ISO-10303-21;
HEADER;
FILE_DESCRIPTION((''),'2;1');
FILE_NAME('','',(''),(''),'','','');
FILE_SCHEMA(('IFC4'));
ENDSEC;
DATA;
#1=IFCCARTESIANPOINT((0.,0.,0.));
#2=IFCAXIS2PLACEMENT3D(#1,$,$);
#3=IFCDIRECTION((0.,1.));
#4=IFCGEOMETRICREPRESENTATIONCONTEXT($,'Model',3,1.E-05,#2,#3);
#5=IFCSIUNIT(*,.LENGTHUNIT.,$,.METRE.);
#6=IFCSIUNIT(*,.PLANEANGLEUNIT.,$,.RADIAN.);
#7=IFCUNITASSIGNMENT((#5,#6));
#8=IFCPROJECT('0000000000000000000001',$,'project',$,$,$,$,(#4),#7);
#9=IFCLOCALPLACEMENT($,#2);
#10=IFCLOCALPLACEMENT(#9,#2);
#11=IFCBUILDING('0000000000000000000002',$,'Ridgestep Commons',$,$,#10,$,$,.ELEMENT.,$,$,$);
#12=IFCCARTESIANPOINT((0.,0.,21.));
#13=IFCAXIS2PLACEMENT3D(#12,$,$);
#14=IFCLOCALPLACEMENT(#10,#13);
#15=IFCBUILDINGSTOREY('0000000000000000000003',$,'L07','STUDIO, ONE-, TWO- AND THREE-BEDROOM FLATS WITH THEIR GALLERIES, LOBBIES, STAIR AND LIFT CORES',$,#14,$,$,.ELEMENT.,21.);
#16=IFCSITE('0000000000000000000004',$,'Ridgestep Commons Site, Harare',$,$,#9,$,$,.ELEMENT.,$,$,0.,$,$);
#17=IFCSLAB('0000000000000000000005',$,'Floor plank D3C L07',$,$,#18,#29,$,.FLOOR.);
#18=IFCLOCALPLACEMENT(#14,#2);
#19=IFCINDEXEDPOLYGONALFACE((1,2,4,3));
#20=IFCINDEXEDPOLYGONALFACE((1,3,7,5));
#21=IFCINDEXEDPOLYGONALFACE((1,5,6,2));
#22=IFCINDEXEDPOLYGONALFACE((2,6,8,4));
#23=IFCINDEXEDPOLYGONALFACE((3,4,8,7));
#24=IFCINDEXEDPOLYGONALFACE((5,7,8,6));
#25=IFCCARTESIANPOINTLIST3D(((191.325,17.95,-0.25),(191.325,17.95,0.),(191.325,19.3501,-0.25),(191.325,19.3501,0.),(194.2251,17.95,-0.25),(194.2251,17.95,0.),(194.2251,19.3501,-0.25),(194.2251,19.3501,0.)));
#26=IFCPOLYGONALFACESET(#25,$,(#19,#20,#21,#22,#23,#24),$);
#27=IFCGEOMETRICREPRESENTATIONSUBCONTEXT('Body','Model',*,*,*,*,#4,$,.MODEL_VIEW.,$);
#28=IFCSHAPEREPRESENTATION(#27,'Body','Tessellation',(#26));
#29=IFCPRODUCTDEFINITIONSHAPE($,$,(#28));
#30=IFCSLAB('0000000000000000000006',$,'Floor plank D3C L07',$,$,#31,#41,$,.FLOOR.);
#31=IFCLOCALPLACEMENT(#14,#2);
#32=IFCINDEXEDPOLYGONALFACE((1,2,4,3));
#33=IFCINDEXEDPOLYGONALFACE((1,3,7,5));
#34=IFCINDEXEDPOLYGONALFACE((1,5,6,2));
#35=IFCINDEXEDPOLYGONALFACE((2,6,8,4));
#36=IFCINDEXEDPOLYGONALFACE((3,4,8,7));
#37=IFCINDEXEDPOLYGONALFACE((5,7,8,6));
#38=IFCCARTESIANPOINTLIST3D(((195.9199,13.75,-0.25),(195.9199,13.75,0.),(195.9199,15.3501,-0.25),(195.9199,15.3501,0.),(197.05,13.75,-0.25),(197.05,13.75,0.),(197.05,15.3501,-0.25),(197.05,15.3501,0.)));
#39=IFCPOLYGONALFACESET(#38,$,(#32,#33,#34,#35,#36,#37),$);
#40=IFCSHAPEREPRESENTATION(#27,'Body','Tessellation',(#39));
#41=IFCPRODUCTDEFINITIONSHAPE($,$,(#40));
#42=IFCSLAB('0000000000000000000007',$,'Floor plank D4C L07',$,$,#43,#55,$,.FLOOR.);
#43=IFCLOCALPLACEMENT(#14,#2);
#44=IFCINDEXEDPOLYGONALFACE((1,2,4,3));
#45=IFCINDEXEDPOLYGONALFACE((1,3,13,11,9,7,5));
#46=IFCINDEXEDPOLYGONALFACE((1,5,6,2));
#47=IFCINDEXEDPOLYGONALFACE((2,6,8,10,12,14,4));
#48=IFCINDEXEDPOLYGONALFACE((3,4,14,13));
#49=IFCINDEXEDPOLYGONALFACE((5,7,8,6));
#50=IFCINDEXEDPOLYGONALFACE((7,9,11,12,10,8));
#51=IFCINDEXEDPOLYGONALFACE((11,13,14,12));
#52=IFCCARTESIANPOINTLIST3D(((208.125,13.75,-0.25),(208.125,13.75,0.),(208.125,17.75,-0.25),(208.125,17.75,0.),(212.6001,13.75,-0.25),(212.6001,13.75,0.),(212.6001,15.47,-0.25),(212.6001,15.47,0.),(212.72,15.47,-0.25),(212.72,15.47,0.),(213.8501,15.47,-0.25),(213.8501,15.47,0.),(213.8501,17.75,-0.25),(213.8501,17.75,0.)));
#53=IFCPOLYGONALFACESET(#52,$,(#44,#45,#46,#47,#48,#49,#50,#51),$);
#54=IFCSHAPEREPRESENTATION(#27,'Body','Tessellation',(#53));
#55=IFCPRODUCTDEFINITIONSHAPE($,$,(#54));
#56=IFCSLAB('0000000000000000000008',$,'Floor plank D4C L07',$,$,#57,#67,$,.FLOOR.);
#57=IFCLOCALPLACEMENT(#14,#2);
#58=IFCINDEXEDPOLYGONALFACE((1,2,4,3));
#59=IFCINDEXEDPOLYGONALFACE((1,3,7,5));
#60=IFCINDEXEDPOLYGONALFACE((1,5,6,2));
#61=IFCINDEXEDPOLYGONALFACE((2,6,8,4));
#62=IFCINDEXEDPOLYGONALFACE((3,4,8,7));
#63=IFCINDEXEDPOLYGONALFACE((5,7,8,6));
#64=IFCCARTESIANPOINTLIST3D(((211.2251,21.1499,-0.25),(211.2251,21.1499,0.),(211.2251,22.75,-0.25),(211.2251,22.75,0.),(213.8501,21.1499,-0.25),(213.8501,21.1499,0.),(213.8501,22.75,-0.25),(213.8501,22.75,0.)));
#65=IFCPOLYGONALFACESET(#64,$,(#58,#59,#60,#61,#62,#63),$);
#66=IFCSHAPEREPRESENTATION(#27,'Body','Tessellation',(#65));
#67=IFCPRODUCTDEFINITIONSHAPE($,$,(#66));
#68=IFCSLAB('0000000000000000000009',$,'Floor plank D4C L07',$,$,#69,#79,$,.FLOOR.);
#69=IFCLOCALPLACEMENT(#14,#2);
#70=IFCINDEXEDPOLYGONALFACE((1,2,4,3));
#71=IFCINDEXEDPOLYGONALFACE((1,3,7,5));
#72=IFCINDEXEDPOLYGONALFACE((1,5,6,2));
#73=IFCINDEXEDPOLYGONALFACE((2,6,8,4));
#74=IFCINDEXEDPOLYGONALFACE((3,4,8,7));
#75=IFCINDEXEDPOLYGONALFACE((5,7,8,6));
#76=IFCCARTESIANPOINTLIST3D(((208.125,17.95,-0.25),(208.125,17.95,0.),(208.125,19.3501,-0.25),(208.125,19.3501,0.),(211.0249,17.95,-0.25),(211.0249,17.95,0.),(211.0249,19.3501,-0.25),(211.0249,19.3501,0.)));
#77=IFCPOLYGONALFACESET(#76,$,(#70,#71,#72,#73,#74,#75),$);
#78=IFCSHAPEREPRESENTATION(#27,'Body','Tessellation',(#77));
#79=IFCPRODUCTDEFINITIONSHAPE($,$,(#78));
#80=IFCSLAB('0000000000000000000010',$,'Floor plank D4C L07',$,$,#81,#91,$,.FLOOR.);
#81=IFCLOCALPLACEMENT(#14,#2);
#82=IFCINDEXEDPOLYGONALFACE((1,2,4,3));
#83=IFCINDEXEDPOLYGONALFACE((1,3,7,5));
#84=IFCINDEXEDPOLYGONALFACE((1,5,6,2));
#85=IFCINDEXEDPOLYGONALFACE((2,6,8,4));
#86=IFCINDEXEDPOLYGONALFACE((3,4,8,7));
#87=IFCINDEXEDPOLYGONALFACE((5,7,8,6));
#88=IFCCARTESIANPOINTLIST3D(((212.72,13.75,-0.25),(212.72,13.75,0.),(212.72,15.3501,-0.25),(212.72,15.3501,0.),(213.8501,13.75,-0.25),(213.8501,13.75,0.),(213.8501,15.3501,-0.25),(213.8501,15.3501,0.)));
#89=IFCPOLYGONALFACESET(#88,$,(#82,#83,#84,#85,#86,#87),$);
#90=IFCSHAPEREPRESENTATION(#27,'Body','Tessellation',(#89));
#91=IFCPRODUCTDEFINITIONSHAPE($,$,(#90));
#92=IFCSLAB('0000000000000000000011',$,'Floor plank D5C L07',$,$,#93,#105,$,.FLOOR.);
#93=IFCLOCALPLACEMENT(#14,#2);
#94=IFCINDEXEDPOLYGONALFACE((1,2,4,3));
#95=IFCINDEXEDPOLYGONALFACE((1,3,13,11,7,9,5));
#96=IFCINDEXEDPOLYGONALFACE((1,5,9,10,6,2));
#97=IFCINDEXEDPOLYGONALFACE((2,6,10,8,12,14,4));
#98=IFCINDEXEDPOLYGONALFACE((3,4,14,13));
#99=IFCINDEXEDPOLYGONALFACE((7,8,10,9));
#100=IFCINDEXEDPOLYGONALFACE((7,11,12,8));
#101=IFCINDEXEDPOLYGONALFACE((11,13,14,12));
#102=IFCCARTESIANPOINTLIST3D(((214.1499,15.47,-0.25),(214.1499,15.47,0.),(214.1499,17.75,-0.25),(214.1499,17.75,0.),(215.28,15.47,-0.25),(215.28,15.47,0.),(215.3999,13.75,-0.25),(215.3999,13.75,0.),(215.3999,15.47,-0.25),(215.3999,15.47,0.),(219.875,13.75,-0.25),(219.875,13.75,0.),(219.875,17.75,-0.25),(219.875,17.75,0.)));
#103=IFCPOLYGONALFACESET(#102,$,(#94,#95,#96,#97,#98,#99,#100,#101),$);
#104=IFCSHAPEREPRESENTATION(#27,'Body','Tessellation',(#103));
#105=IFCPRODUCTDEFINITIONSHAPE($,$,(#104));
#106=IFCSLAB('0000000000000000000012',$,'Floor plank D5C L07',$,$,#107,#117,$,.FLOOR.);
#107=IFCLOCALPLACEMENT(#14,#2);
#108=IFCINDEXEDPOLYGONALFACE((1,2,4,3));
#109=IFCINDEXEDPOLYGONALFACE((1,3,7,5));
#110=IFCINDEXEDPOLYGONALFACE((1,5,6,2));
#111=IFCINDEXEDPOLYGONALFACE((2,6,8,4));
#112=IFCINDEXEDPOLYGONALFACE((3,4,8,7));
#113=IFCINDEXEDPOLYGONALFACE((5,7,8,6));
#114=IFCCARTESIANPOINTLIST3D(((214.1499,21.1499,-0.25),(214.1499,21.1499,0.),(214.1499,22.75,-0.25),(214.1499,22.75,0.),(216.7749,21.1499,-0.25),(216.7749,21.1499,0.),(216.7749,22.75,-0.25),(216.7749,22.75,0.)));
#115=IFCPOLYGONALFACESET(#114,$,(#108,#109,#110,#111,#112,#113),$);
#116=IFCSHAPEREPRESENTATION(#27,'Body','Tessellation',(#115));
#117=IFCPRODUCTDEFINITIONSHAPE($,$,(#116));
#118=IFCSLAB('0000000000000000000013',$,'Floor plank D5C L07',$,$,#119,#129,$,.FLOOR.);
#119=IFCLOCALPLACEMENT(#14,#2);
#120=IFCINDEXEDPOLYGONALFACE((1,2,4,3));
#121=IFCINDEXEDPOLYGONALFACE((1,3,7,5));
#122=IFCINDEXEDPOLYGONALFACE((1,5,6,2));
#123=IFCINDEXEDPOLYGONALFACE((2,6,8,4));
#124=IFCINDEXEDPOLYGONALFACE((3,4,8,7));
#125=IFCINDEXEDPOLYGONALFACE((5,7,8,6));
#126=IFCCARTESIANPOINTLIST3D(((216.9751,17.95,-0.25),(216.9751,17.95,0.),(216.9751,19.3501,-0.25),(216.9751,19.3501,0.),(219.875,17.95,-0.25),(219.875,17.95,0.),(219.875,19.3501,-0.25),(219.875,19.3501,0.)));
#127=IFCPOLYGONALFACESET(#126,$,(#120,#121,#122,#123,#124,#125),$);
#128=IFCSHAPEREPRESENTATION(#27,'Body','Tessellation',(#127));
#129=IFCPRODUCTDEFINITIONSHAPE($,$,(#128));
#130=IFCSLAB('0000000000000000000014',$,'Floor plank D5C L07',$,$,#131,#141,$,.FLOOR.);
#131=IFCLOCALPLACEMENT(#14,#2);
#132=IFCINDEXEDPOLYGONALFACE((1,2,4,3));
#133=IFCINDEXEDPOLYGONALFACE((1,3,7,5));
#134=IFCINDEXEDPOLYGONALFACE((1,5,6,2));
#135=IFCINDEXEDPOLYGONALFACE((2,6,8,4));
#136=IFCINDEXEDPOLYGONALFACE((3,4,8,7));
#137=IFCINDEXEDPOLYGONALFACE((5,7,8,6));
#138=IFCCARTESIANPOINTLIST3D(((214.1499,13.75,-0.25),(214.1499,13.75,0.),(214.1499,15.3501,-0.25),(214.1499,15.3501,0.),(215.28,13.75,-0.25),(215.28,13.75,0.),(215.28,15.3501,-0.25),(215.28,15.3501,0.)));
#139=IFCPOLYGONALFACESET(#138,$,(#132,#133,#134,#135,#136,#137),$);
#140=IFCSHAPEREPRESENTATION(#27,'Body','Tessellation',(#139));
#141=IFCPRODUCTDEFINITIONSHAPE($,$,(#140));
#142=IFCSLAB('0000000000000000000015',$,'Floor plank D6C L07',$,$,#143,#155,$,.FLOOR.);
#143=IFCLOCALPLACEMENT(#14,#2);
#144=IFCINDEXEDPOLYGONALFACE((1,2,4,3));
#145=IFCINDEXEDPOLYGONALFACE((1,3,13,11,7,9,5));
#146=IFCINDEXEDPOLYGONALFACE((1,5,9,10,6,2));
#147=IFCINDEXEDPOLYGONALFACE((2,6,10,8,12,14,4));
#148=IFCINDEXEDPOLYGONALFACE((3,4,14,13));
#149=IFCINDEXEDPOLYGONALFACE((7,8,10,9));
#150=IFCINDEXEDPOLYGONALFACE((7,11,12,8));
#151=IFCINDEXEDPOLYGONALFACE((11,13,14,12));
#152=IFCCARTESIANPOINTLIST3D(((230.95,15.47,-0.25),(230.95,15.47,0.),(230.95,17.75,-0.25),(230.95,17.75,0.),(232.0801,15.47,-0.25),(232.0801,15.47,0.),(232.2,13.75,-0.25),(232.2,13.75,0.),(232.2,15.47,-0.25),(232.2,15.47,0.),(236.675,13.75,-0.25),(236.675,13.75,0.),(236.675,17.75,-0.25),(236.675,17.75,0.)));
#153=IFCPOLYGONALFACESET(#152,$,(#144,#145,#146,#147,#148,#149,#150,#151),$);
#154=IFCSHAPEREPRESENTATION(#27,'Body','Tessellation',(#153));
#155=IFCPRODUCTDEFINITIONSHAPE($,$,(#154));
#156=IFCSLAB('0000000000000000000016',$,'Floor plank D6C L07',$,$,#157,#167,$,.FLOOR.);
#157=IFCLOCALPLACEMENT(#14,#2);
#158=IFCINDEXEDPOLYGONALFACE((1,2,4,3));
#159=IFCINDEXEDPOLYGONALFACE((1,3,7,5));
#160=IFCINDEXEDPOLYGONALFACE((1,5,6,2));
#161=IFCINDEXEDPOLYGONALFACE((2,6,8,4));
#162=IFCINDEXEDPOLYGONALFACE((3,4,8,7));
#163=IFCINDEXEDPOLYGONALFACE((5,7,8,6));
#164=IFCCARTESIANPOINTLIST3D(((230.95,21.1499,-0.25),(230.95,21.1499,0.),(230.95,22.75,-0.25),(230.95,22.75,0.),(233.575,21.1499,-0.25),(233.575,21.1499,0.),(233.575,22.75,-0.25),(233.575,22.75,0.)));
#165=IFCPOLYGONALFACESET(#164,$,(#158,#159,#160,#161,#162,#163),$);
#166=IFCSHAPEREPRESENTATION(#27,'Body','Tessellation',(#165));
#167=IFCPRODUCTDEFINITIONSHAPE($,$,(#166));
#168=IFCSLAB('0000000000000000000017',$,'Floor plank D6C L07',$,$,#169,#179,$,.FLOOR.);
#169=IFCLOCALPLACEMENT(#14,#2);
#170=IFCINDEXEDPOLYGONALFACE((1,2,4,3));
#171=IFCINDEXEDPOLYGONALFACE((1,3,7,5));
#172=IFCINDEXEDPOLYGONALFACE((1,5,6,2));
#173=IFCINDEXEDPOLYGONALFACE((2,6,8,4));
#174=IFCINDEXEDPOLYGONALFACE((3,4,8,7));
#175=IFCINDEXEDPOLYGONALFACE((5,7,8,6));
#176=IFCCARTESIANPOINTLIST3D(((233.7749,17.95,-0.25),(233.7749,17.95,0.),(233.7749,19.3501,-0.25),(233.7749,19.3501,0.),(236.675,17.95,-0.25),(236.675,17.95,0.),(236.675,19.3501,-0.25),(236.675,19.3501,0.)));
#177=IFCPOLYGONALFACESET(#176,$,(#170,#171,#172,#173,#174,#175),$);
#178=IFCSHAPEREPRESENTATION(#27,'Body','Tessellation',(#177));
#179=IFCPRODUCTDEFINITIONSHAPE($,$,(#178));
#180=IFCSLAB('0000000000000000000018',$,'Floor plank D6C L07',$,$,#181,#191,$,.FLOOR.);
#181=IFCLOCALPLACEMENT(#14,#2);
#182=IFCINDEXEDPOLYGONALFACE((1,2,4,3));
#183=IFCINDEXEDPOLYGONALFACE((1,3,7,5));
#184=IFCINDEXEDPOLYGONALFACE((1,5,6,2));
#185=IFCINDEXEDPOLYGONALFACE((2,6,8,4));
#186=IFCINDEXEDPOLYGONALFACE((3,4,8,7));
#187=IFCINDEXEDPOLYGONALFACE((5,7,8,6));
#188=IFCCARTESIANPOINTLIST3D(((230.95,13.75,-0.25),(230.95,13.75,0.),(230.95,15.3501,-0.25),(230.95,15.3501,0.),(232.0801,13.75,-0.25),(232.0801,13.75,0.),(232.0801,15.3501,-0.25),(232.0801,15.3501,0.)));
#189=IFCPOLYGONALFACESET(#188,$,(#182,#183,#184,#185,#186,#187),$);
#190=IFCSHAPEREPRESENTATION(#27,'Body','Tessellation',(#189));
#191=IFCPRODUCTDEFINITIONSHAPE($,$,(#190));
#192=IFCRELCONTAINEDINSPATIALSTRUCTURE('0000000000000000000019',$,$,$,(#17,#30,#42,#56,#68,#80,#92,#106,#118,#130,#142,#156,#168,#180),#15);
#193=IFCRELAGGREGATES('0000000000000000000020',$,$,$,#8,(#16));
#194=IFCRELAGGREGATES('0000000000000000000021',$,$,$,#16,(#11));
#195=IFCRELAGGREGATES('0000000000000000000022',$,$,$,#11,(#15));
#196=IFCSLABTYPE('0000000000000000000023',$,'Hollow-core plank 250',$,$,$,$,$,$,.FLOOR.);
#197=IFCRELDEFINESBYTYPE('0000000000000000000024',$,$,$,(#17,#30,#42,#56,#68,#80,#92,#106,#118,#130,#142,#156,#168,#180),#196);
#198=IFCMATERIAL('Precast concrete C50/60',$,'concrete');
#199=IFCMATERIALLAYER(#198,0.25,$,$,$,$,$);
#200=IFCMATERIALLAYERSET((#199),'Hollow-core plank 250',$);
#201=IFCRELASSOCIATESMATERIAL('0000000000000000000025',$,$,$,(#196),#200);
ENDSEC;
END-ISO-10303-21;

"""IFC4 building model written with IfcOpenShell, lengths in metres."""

from ifc_helpers import new_model, si_unit, direction, frame, origin, place, context, subcontext, project, spatial, polyline, outline, extrude, material, layer, layer_set, type_object, element, save


model = new_model("IFC4")

# Units and contexts
model_context = context("Model", 3, precision=1e-05, world=origin(), true_north=direction((0.0, 1.0)))
body_context = subcontext(model_context, "Body", "Model", "MODEL_VIEW")
ifc_project = project(units=[si_unit("LENGTHUNIT", "METRE"), si_unit("PLANEANGLEUNIT", "RADIAN")], contexts=[model_context])

# Site, building, storey
site_placement = place(None, origin())
site = spatial("IfcSite", under=ifc_project, at=site_placement, Name="Ridgestep Commons Site, Harare", CompositionType="ELEMENT", RefElevation=0.0)
building_placement = place(site_placement, origin())
building = spatial("IfcBuilding", under=site, at=building_placement, Name="Ridgestep Commons", CompositionType="ELEMENT")
storey_placement = place(building_placement, frame((0.0, 0.0, 21.0)))
storey = spatial("IfcBuildingStorey", under=building, at=storey_placement, Name="L07", Description="STUDIO, ONE-, TWO- AND THREE-BEDROOM FLATS WITH THEIR GALLERIES, LOBBIES, STAIR AND LIFT CORES", CompositionType="ELEMENT", Elevation=21.0)

# Slabs
ifc_material_1 = material(Name="Precast concrete C50/60", Category="concrete")
ifc_layer_1 = layer(ifc_material_1, 0.25)
ifc_layer_set_1 = layer_set([ifc_layer_1], Name="Hollow-core plank 250")
slab_type_1 = type_object("IfcSlabType", Name="Hollow-core plank 250", PredefinedType="FLOOR", material=ifc_layer_set_1)
slab_1_placement = place(storey_placement, frame((0.0, 0.0, -0.25)))
element("IfcSlab", 1, at=slab_1_placement, inside=storey, type_object=slab_type_1, Name="Floor plank D3C L07", PredefinedType="FLOOR", context=body_context, shape_type="SweptSolid", body=[
    extrude(outline(polyline([(194.2251, 17.95), (194.2251, 19.3501), (191.325, 19.3501), (191.325, 17.95), (194.2251, 17.95)])), origin(), (0.0, 0.0, 1.0), 0.25),
])
slab_2_placement = place(storey_placement, frame((0.0, 0.0, -0.25)))
element("IfcSlab", 2, at=slab_2_placement, inside=storey, type_object=slab_type_1, Name="Floor plank D3C L07", PredefinedType="FLOOR", context=body_context, shape_type="SweptSolid", body=[
    extrude(outline(polyline([(195.9199, 13.75), (197.05, 13.75), (197.05, 15.3501), (195.9199, 15.3501), (195.9199, 13.75)])), origin(), (0.0, 0.0, 1.0), 0.25),
])
slab_3_placement = place(storey_placement, frame((0.0, 0.0, -0.25)))
element("IfcSlab", 3, at=slab_3_placement, inside=storey, type_object=slab_type_1, Name="Floor plank D4C L07", PredefinedType="FLOOR", context=body_context, shape_type="SweptSolid", body=[
    extrude(outline(polyline([(212.72, 15.47), (213.8501, 15.47), (213.8501, 17.75), (208.125, 17.75), (208.125, 13.75), (212.6001, 13.75), (212.6001, 15.47), (212.72, 15.47)])), origin(), (0.0, 0.0, 1.0), 0.25),
])
slab_4_placement = place(storey_placement, frame((0.0, 0.0, -0.25)))
element("IfcSlab", 4, at=slab_4_placement, inside=storey, type_object=slab_type_1, Name="Floor plank D4C L07", PredefinedType="FLOOR", context=body_context, shape_type="SweptSolid", body=[
    extrude(outline(polyline([(213.8501, 21.1499), (213.8501, 22.75), (211.2251, 22.75), (211.2251, 21.1499), (213.8501, 21.1499)])), origin(), (0.0, 0.0, 1.0), 0.25),
])
slab_5_placement = place(storey_placement, frame((0.0, 0.0, -0.25)))
element("IfcSlab", 5, at=slab_5_placement, inside=storey, type_object=slab_type_1, Name="Floor plank D4C L07", PredefinedType="FLOOR", context=body_context, shape_type="SweptSolid", body=[
    extrude(outline(polyline([(211.0249, 17.95), (211.0249, 19.3501), (208.125, 19.3501), (208.125, 17.95), (211.0249, 17.95)])), origin(), (0.0, 0.0, 1.0), 0.25),
])
slab_6_placement = place(storey_placement, frame((0.0, 0.0, -0.25)))
element("IfcSlab", 6, at=slab_6_placement, inside=storey, type_object=slab_type_1, Name="Floor plank D4C L07", PredefinedType="FLOOR", context=body_context, shape_type="SweptSolid", body=[
    extrude(outline(polyline([(212.72, 13.75), (213.8501, 13.75), (213.8501, 15.3501), (212.72, 15.3501), (212.72, 13.75)])), origin(), (0.0, 0.0, 1.0), 0.25),
])
slab_7_placement = place(storey_placement, frame((0.0, 0.0, -0.25)))
element("IfcSlab", 7, at=slab_7_placement, inside=storey, type_object=slab_type_1, Name="Floor plank D5C L07", PredefinedType="FLOOR", context=body_context, shape_type="SweptSolid", body=[
    extrude(outline(polyline([(215.3999, 13.75), (219.875, 13.75), (219.875, 17.75), (214.1499, 17.75), (214.1499, 15.47), (215.28, 15.47), (215.3999, 15.47), (215.3999, 13.75)])), origin(), (0.0, 0.0, 1.0), 0.25),
])
slab_8_placement = place(storey_placement, frame((0.0, 0.0, -0.25)))
element("IfcSlab", 8, at=slab_8_placement, inside=storey, type_object=slab_type_1, Name="Floor plank D5C L07", PredefinedType="FLOOR", context=body_context, shape_type="SweptSolid", body=[
    extrude(outline(polyline([(216.7749, 22.75), (214.1499, 22.75), (214.1499, 21.1499), (216.7749, 21.1499), (216.7749, 22.75)])), origin(), (0.0, 0.0, 1.0), 0.25),
])
slab_9_placement = place(storey_placement, frame((0.0, 0.0, -0.25)))
element("IfcSlab", 9, at=slab_9_placement, inside=storey, type_object=slab_type_1, Name="Floor plank D5C L07", PredefinedType="FLOOR", context=body_context, shape_type="SweptSolid", body=[
    extrude(outline(polyline([(219.875, 17.95), (219.875, 19.3501), (216.9751, 19.3501), (216.9751, 17.95), (219.875, 17.95)])), origin(), (0.0, 0.0, 1.0), 0.25),
])
slab_10_placement = place(storey_placement, frame((0.0, 0.0, -0.25)))
element("IfcSlab", 10, at=slab_10_placement, inside=storey, type_object=slab_type_1, Name="Floor plank D5C L07", PredefinedType="FLOOR", context=body_context, shape_type="SweptSolid", body=[
    extrude(outline(polyline([(215.28, 15.3501), (214.1499, 15.3501), (214.1499, 13.75), (215.28, 13.75), (215.28, 15.3501)])), origin(), (0.0, 0.0, 1.0), 0.25),
])
slab_11_placement = place(storey_placement, frame((0.0, 0.0, -0.25)))
element("IfcSlab", 11, at=slab_11_placement, inside=storey, type_object=slab_type_1, Name="Floor plank D6C L07", PredefinedType="FLOOR", context=body_context, shape_type="SweptSolid", body=[
    extrude(outline(polyline([(232.2, 13.75), (236.675, 13.75), (236.675, 17.75), (230.95, 17.75), (230.95, 15.47), (232.0801, 15.47), (232.2, 15.47), (232.2, 13.75)])), origin(), (0.0, 0.0, 1.0), 0.25),
])
slab_12_placement = place(storey_placement, frame((0.0, 0.0, -0.25)))
element("IfcSlab", 12, at=slab_12_placement, inside=storey, type_object=slab_type_1, Name="Floor plank D6C L07", PredefinedType="FLOOR", context=body_context, shape_type="SweptSolid", body=[
    extrude(outline(polyline([(233.575, 22.75), (230.95, 22.75), (230.95, 21.1499), (233.575, 21.1499), (233.575, 22.75)])), origin(), (0.0, 0.0, 1.0), 0.25),
])
slab_13_placement = place(storey_placement, frame((0.0, 0.0, -0.25)))
element("IfcSlab", 13, at=slab_13_placement, inside=storey, type_object=slab_type_1, Name="Floor plank D6C L07", PredefinedType="FLOOR", context=body_context, shape_type="SweptSolid", body=[
    extrude(outline(polyline([(236.675, 17.95), (236.675, 19.3501), (233.7749, 19.3501), (233.7749, 17.95), (236.675, 17.95)])), origin(), (0.0, 0.0, 1.0), 0.25),
])
slab_14_placement = place(storey_placement, frame((0.0, 0.0, -0.25)))
element("IfcSlab", 14, at=slab_14_placement, inside=storey, type_object=slab_type_1, Name="Floor plank D6C L07", PredefinedType="FLOOR", context=body_context, shape_type="SweptSolid", body=[
    extrude(outline(polyline([(232.0801, 15.3501), (230.95, 15.3501), (230.95, 13.75), (232.0801, 13.75), (232.0801, 15.3501)])), origin(), (0.0, 0.0, 1.0), 0.25),
])

save(model, "model.ifc")
